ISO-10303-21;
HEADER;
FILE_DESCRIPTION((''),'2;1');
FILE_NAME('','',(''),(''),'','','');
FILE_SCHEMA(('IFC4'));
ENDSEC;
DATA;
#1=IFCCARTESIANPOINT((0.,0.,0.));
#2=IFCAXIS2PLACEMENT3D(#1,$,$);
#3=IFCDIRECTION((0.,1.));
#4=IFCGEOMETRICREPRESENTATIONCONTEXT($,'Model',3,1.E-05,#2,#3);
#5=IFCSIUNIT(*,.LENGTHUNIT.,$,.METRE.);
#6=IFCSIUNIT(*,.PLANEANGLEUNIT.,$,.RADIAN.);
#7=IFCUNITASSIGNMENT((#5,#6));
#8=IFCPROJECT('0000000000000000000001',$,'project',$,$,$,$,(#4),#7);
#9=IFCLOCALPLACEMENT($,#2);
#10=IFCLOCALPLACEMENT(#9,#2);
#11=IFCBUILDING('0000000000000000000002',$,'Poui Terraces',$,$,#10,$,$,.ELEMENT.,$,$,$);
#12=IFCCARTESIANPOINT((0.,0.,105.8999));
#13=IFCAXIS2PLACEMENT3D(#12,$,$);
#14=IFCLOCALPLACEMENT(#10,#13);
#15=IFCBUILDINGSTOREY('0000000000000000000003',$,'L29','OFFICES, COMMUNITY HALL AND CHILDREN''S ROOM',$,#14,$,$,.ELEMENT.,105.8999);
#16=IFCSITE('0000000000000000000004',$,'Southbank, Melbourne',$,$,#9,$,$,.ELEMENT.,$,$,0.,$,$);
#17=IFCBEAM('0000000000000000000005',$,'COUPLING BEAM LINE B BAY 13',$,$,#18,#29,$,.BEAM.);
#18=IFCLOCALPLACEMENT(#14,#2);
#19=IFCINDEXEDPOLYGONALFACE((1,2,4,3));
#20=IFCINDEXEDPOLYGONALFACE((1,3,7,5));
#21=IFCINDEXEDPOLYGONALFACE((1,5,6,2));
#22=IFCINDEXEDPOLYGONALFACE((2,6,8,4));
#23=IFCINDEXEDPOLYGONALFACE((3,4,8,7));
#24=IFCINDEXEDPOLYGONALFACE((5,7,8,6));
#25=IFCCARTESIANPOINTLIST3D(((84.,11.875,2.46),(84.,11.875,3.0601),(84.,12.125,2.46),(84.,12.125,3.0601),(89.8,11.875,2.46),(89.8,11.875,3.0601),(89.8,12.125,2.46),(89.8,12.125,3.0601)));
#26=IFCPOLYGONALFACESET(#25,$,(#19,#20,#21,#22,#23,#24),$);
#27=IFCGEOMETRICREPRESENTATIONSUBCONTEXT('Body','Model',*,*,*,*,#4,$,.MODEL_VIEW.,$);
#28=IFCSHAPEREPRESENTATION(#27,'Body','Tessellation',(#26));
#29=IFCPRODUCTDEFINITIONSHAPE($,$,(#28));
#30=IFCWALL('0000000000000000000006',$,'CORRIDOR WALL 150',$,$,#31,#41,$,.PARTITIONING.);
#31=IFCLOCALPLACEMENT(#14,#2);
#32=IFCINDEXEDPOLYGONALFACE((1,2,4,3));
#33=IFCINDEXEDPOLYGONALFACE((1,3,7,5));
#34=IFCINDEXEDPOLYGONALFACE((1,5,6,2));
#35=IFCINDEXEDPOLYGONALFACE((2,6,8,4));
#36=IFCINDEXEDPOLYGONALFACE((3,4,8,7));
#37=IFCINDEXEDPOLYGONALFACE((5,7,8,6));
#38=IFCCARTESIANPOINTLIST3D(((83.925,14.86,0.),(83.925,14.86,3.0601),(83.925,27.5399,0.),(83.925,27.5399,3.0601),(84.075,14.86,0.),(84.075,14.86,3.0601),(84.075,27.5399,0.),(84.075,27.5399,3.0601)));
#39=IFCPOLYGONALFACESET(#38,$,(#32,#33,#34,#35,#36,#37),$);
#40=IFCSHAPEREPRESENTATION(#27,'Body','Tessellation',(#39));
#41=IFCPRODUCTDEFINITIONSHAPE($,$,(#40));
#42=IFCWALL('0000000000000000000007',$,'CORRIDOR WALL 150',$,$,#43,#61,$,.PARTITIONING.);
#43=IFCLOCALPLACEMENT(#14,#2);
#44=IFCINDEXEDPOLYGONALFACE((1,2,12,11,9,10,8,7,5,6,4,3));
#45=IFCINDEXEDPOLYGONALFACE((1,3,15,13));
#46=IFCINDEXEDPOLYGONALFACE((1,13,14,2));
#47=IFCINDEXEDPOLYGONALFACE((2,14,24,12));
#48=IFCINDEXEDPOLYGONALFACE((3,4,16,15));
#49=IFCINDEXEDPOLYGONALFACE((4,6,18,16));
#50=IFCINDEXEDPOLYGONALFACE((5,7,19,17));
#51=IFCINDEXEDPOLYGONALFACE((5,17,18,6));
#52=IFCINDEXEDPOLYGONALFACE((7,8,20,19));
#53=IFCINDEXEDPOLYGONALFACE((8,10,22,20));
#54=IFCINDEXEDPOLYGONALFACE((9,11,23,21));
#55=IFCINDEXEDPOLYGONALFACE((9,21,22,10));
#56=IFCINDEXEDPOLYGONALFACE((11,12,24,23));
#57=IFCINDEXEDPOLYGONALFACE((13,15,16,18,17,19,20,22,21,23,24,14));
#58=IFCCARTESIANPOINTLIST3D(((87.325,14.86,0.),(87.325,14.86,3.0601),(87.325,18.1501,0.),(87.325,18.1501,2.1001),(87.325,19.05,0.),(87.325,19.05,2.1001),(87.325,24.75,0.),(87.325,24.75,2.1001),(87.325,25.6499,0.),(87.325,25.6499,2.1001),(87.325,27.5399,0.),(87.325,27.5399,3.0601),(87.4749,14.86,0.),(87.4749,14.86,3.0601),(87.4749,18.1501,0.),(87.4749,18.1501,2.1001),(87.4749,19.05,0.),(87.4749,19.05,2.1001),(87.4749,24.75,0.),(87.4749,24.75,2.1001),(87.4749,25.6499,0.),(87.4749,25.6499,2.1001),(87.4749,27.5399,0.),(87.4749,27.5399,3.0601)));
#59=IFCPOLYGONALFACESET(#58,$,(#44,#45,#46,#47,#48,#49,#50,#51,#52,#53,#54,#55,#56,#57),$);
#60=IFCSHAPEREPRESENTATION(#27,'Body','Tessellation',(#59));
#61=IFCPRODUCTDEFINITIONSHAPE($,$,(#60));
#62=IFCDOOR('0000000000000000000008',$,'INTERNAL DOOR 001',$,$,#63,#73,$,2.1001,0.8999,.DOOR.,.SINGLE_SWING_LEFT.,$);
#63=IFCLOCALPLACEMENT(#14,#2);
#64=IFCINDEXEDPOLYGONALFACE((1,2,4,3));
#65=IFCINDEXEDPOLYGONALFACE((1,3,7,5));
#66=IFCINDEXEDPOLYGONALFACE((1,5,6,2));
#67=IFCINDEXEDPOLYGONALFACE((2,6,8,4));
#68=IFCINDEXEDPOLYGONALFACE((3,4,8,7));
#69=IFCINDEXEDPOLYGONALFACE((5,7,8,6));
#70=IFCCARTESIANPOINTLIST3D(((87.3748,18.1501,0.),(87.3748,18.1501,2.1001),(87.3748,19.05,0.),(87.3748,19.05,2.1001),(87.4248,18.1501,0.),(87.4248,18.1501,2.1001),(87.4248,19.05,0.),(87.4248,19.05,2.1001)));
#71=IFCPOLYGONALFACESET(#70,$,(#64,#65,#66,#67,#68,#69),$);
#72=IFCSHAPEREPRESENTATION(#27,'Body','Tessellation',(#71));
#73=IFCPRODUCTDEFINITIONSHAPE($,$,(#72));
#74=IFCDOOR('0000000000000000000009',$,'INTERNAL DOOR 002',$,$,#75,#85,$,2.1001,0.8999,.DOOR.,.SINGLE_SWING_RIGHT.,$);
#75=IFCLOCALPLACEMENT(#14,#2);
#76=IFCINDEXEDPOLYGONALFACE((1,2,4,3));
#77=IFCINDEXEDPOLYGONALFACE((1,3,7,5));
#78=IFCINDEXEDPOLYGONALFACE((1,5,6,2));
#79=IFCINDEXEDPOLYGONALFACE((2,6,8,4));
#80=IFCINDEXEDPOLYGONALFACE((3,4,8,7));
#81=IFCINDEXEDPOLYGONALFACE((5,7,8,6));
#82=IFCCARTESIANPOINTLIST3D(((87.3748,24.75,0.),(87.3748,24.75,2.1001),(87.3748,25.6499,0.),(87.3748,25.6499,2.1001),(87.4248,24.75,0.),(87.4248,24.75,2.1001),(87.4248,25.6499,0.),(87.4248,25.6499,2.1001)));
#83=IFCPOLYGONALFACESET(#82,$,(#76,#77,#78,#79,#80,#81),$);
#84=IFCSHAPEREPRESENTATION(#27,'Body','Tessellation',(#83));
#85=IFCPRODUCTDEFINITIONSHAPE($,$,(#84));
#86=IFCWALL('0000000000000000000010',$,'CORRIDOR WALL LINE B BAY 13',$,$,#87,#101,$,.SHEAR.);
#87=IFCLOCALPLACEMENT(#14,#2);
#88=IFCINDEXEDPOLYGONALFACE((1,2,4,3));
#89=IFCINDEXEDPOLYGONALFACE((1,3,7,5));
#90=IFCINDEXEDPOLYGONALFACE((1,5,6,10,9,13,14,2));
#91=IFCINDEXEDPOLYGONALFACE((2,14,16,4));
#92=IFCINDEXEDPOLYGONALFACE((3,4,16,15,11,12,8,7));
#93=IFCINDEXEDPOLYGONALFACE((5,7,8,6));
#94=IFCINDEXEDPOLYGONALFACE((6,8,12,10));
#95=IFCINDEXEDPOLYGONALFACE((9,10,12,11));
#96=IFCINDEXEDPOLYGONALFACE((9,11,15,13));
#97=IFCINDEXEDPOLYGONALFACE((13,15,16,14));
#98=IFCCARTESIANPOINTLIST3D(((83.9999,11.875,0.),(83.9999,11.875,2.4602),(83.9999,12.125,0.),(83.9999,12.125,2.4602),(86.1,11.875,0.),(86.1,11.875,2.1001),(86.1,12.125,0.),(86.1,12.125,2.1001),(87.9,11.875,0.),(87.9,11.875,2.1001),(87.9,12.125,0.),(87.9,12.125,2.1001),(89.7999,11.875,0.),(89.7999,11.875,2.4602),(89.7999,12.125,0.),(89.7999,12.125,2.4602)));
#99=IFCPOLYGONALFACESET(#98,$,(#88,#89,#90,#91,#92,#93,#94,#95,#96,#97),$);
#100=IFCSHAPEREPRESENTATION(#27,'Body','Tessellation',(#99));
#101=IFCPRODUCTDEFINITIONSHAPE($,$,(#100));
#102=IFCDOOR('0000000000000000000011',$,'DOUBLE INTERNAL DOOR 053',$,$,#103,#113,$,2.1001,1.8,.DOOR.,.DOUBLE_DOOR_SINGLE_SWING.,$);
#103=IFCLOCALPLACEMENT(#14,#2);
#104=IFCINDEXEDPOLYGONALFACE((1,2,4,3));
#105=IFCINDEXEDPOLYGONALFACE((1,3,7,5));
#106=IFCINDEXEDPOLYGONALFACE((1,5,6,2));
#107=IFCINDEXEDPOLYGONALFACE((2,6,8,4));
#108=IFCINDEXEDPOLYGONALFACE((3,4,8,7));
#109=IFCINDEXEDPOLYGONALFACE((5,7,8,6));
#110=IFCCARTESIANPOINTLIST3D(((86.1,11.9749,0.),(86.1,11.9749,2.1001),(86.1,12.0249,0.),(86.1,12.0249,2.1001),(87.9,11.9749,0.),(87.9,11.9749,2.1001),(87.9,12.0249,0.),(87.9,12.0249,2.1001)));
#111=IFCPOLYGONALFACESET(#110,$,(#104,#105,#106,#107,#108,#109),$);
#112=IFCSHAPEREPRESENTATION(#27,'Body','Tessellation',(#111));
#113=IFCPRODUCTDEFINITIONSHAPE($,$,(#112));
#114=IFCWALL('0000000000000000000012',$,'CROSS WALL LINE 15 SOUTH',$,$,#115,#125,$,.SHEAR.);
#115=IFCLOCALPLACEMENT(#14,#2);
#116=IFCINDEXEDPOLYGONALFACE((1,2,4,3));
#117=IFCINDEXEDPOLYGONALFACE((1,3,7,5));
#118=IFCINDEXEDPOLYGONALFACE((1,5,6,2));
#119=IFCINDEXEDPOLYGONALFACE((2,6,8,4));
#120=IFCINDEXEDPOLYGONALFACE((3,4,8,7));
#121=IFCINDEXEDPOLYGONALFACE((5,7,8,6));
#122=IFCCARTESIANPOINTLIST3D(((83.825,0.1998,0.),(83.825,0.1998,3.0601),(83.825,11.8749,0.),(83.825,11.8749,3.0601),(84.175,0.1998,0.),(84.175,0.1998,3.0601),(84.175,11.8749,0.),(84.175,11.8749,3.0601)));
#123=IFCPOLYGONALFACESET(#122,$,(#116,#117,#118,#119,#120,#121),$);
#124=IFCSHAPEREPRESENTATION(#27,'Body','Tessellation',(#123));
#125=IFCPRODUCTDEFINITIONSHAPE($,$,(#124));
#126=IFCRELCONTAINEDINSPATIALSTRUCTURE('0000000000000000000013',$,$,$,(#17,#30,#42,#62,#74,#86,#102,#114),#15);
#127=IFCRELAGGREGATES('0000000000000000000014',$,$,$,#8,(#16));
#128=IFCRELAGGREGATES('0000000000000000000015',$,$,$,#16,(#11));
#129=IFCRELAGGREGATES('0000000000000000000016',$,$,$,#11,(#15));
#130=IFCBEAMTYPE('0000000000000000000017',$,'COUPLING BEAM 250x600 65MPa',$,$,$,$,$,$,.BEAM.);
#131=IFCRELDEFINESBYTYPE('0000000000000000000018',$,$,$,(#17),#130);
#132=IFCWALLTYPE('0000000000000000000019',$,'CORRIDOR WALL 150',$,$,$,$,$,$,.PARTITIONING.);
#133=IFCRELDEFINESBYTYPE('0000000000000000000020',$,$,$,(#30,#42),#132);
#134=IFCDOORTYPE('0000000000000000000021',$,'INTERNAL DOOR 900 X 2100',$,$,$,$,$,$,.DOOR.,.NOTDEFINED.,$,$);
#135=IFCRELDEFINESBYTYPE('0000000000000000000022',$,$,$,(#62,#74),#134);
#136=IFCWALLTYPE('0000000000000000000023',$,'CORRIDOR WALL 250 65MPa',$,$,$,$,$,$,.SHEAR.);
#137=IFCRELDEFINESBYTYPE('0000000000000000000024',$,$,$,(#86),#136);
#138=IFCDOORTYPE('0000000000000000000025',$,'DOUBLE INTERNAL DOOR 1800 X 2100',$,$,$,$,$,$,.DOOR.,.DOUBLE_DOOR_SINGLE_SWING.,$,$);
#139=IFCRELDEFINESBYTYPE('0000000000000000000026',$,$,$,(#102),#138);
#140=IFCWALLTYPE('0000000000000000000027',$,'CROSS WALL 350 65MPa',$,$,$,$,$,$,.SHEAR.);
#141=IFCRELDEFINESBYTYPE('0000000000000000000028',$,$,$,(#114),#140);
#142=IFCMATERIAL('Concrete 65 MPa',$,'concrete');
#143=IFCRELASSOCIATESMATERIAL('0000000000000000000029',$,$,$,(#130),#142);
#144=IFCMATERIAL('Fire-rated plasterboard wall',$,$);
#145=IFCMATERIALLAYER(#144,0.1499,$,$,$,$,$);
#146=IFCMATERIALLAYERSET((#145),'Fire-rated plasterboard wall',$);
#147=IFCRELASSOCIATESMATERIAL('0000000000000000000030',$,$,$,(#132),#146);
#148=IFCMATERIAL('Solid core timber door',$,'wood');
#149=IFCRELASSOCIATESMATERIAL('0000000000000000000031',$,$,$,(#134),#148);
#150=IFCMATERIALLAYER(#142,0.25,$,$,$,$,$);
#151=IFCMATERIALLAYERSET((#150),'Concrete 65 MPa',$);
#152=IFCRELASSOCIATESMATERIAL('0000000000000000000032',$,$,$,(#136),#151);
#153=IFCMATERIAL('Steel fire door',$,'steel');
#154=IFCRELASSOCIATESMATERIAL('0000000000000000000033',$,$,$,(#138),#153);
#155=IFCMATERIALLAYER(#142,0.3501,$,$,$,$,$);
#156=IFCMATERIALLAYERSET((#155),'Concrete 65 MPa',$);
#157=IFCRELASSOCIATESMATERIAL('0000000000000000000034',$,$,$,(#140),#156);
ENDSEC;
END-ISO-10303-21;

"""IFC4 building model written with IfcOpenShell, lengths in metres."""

from ifc_helpers import new_model, si_unit, direction, frame, frame_2d, origin, origin_2d, place, context, subcontext, project, spatial, rectangle, extrude, source, transform, mapped, material, layer, layer_set, material_profile, profile_set, type_object, element, fill, save


model = new_model("IFC4")

# Units and contexts
model_context = context("Model", 3, precision=1e-05, world=origin(), true_north=direction((0.0, 1.0)))
body_context = subcontext(model_context, "Body", "Model", "MODEL_VIEW")
ifc_project = project(units=[si_unit("LENGTHUNIT", "METRE"), si_unit("PLANEANGLEUNIT", "RADIAN")], contexts=[model_context])

# Site, building, storey
site_placement = place(None, origin())
site = spatial("IfcSite", under=ifc_project, at=site_placement, Name="Southbank, Melbourne", CompositionType="ELEMENT", RefElevation=0.0)
building_placement = place(site_placement, origin())
building = spatial("IfcBuilding", under=site, at=building_placement, Name="Poui Terraces", CompositionType="ELEMENT")
storey_placement = place(building_placement, frame((0.0, 0.0, 105.8999)))
storey = spatial("IfcBuildingStorey", under=building, at=storey_placement, Name="L29", Description="OFFICES, COMMUNITY HALL AND CHILDREN'S ROOM", CompositionType="ELEMENT", Elevation=105.8999)

# Beam
ifc_material_1 = material(Name="Concrete 65 MPa", Category="concrete")
ifc_material_profile = material_profile(ifc_material_1, rectangle(XDim=0.25, YDim=0.6001, at=origin_2d()), Name="RC 250x600")
ifc_profile_set = profile_set([ifc_material_profile], Name="Concrete 65 MPa")
beam_type = type_object("IfcBeamType", Name="COUPLING BEAM 250x600 65MPa", PredefinedType="BEAM", material=ifc_profile_set)
shared_shape_1 = source(origin(), body_context, "Body", "SweptSolid", [
    extrude(rectangle(XDim=0.25, YDim=0.6001, at=origin_2d()), origin(), (0.0, 0.0, 1.0), 5.8),
])
beam_placement = place(storey_placement, frame((84.0, 12.0, 2.76), z_axis=(1.0, 0.0, 0.0), x_axis=(0.0, 1.0, 0.0)))
element("IfcBeam", 1, at=beam_placement, inside=storey, type_object=beam_type, Name="COUPLING BEAM LINE B BAY 13", PredefinedType="BEAM", context=body_context, shape_type="MappedRepresentation", body=[
    mapped(shared_shape_1, transform((0.0, 0.0, 0.0))),
])

# Wall
ifc_material_2 = material(Name="Fire-rated plasterboard wall")
ifc_layer_1 = layer(ifc_material_2, 0.1499)
ifc_layer_set_1 = layer_set([ifc_layer_1], Name="Fire-rated plasterboard wall")
wall_type_1 = type_object("IfcWallType", Name="CORRIDOR WALL 150", PredefinedType="PARTITIONING", material=ifc_layer_set_1)
wall_1_placement = place(storey_placement, frame((84.0, 14.8601, 0.0), z_axis=(0.0, 0.0, 1.0), x_axis=(0.0, 1.0, 0.0)))
element("IfcWall", 2, at=wall_1_placement, inside=storey, type_object=wall_type_1, Name="CORRIDOR WALL 150", PredefinedType="PARTITIONING", context=body_context, shape_type="SweptSolid", body=[
    extrude(rectangle(XDim=12.6799, YDim=0.1499, at=frame_2d((6.3398, 0.0))), origin(), (0.0, 0.0, 1.0), 3.0601),
])

# Wall, openings, doors
wall_2_placement = place(storey_placement, frame((87.3999, 14.8601, 0.0), z_axis=(0.0, 0.0, 1.0), x_axis=(0.0, 1.0, 0.0)))
wall_2 = element("IfcWall", 3, at=wall_2_placement, inside=storey, type_object=wall_type_1, Name="CORRIDOR WALL 150", PredefinedType="PARTITIONING", context=body_context, shape_type="SweptSolid", body=[
    extrude(rectangle(XDim=12.6799, YDim=0.1499, at=frame_2d((6.3398, 0.0))), origin(), (0.0, 0.0, 1.0), 3.0601),
])
opening_1_placement = place(wall_2_placement, frame((3.29, 0.0, 0.0)))
opening_1 = element("IfcOpeningElement", 4, at=opening_1_placement, cuts=wall_2, PredefinedType="OPENING", context=body_context, shape_type="SweptSolid", body=[
    extrude(rectangle(XDim=0.8999, YDim=2.1001, at=frame_2d((0.45, 1.05))), frame((0.0, 0.085, 0.0), z_axis=(0.0, -1.0, 0.0), x_axis=(1.0, 0.0, 0.0)), (0.0, 0.0, 1.0), 0.1699),
])
opening_2_placement = place(wall_2_placement, frame((9.8899, 0.0, 0.0)))
opening_2 = element("IfcOpeningElement", 5, at=opening_2_placement, cuts=wall_2, PredefinedType="OPENING", context=body_context, shape_type="SweptSolid", body=[
    extrude(rectangle(XDim=0.8999, YDim=2.1001, at=frame_2d((0.45, 1.05))), frame((0.0, 0.085, 0.0), z_axis=(0.0, -1.0, 0.0), x_axis=(1.0, 0.0, 0.0)), (0.0, 0.0, 1.0), 0.1699),
])
ifc_material_3 = material(Name="Solid core timber door", Category="wood")
door_type_1 = type_object("IfcDoorType", Name="INTERNAL DOOR 900 X 2100", OperationType="NOTDEFINED", PredefinedType="DOOR", material=ifc_material_3)
door_1_placement = place(opening_1_placement, frame((0.8999, 0.0, 0.0), z_axis=(0.0, 0.0, 1.0), x_axis=(-1.0, 0.0, 0.0)))
door_1 = element("IfcDoor", 6, at=door_1_placement, inside=storey, type_object=door_type_1, Name="INTERNAL DOOR 001", OperationType="SINGLE_SWING_LEFT", OverallHeight=2.1001, OverallWidth=0.8999, PredefinedType="DOOR", context=body_context, shape_type="SweptSolid", body=[
    extrude(rectangle(XDim=0.8999, YDim=2.1001, at=frame_2d((0.45, 1.05))), frame((0.0, 0.0249, 0.0), z_axis=(0.0, -1.0, 0.0), x_axis=(1.0, 0.0, 0.0)), (0.0, 0.0, 1.0), 0.05),
])
fill(opening_1, door_1)
door_2_placement = place(opening_2_placement, frame((0.8999, 0.0, 0.0), z_axis=(0.0, 0.0, 1.0), x_axis=(-1.0, 0.0, 0.0)))
door_2 = element("IfcDoor", 7, at=door_2_placement, inside=storey, type_object=door_type_1, Name="INTERNAL DOOR 002", OperationType="SINGLE_SWING_RIGHT", OverallHeight=2.1001, OverallWidth=0.8999, PredefinedType="DOOR", context=body_context, shape_type="SweptSolid", body=[
    extrude(rectangle(XDim=0.8999, YDim=2.1001, at=frame_2d((0.45, 1.05))), frame((0.0, 0.0249, 0.0), z_axis=(0.0, -1.0, 0.0), x_axis=(1.0, 0.0, 0.0)), (0.0, 0.0, 1.0), 0.05),
])
fill(opening_2, door_2)

# Wall, opening, door
ifc_layer_2 = layer(ifc_material_1, 0.25)
ifc_layer_set_2 = layer_set([ifc_layer_2], Name="Concrete 65 MPa")
wall_type_2 = type_object("IfcWallType", Name="CORRIDOR WALL 250 65MPa", PredefinedType="SHEAR", material=ifc_layer_set_2)
wall_3_placement = place(storey_placement, frame((84.0, 12.0, 0.0), z_axis=(0.0, 0.0, 1.0), x_axis=(1.0, 0.0, 0.0)))
wall_3 = element("IfcWall", 8, at=wall_3_placement, inside=storey, type_object=wall_type_2, Name="CORRIDOR WALL LINE B BAY 13", PredefinedType="SHEAR", context=body_context, shape_type="SweptSolid", body=[
    extrude(rectangle(XDim=5.8, YDim=0.25, at=frame_2d((2.8999, 0.0))), origin(), (0.0, 0.0, 1.0), 2.4602),
])
opening_3_placement = place(wall_3_placement, frame((2.1001, 0.0, 0.0)))
opening_3 = element("IfcOpeningElement", 9, at=opening_3_placement, cuts=wall_3, PredefinedType="OPENING", context=body_context, shape_type="SweptSolid", body=[
    extrude(rectangle(XDim=1.8, YDim=2.1001, at=frame_2d((0.8999, 1.05))), frame((0.0, 0.135, 0.0), z_axis=(0.0, -1.0, 0.0), x_axis=(1.0, 0.0, 0.0)), (0.0, 0.0, 1.0), 0.27),
])
ifc_material_4 = material(Name="Steel fire door", Category="steel")
door_type_2 = type_object("IfcDoorType", Name="DOUBLE INTERNAL DOOR 1800 X 2100", OperationType="DOUBLE_DOOR_SINGLE_SWING", PredefinedType="DOOR", material=ifc_material_4)
door_3_placement = place(opening_3_placement, origin())
door_3 = element("IfcDoor", 10, at=door_3_placement, inside=storey, type_object=door_type_2, Name="DOUBLE INTERNAL DOOR 053", OperationType="DOUBLE_DOOR_SINGLE_SWING", OverallHeight=2.1001, OverallWidth=1.8, PredefinedType="DOOR", context=body_context, shape_type="SweptSolid", body=[
    extrude(rectangle(XDim=1.8, YDim=2.1001, at=frame_2d((0.8999, 1.05))), frame((0.0, 0.0249, 0.0), z_axis=(0.0, -1.0, 0.0), x_axis=(1.0, 0.0, 0.0)), (0.0, 0.0, 1.0), 0.05),
])
fill(opening_3, door_3)

# Wall
ifc_layer_3 = layer(ifc_material_1, 0.3501)
ifc_layer_set_3 = layer_set([ifc_layer_3], Name="Concrete 65 MPa")
wall_type_3 = type_object("IfcWallType", Name="CROSS WALL 350 65MPa", PredefinedType="SHEAR", material=ifc_layer_set_3)
wall_4_placement = place(storey_placement, frame((84.0, 0.2, 0.0), z_axis=(0.0, 0.0, 1.0), x_axis=(0.0, 1.0, 0.0)))
element("IfcWall", 11, at=wall_4_placement, inside=storey, type_object=wall_type_3, Name="CROSS WALL LINE 15 SOUTH", PredefinedType="SHEAR", context=body_context, shape_type="SweptSolid", body=[
    extrude(rectangle(XDim=11.675, YDim=0.3501, at=frame_2d((5.8374, 0.0))), origin(), (0.0, 0.0, 1.0), 3.0601),
])

save(model, "model.ifc")
